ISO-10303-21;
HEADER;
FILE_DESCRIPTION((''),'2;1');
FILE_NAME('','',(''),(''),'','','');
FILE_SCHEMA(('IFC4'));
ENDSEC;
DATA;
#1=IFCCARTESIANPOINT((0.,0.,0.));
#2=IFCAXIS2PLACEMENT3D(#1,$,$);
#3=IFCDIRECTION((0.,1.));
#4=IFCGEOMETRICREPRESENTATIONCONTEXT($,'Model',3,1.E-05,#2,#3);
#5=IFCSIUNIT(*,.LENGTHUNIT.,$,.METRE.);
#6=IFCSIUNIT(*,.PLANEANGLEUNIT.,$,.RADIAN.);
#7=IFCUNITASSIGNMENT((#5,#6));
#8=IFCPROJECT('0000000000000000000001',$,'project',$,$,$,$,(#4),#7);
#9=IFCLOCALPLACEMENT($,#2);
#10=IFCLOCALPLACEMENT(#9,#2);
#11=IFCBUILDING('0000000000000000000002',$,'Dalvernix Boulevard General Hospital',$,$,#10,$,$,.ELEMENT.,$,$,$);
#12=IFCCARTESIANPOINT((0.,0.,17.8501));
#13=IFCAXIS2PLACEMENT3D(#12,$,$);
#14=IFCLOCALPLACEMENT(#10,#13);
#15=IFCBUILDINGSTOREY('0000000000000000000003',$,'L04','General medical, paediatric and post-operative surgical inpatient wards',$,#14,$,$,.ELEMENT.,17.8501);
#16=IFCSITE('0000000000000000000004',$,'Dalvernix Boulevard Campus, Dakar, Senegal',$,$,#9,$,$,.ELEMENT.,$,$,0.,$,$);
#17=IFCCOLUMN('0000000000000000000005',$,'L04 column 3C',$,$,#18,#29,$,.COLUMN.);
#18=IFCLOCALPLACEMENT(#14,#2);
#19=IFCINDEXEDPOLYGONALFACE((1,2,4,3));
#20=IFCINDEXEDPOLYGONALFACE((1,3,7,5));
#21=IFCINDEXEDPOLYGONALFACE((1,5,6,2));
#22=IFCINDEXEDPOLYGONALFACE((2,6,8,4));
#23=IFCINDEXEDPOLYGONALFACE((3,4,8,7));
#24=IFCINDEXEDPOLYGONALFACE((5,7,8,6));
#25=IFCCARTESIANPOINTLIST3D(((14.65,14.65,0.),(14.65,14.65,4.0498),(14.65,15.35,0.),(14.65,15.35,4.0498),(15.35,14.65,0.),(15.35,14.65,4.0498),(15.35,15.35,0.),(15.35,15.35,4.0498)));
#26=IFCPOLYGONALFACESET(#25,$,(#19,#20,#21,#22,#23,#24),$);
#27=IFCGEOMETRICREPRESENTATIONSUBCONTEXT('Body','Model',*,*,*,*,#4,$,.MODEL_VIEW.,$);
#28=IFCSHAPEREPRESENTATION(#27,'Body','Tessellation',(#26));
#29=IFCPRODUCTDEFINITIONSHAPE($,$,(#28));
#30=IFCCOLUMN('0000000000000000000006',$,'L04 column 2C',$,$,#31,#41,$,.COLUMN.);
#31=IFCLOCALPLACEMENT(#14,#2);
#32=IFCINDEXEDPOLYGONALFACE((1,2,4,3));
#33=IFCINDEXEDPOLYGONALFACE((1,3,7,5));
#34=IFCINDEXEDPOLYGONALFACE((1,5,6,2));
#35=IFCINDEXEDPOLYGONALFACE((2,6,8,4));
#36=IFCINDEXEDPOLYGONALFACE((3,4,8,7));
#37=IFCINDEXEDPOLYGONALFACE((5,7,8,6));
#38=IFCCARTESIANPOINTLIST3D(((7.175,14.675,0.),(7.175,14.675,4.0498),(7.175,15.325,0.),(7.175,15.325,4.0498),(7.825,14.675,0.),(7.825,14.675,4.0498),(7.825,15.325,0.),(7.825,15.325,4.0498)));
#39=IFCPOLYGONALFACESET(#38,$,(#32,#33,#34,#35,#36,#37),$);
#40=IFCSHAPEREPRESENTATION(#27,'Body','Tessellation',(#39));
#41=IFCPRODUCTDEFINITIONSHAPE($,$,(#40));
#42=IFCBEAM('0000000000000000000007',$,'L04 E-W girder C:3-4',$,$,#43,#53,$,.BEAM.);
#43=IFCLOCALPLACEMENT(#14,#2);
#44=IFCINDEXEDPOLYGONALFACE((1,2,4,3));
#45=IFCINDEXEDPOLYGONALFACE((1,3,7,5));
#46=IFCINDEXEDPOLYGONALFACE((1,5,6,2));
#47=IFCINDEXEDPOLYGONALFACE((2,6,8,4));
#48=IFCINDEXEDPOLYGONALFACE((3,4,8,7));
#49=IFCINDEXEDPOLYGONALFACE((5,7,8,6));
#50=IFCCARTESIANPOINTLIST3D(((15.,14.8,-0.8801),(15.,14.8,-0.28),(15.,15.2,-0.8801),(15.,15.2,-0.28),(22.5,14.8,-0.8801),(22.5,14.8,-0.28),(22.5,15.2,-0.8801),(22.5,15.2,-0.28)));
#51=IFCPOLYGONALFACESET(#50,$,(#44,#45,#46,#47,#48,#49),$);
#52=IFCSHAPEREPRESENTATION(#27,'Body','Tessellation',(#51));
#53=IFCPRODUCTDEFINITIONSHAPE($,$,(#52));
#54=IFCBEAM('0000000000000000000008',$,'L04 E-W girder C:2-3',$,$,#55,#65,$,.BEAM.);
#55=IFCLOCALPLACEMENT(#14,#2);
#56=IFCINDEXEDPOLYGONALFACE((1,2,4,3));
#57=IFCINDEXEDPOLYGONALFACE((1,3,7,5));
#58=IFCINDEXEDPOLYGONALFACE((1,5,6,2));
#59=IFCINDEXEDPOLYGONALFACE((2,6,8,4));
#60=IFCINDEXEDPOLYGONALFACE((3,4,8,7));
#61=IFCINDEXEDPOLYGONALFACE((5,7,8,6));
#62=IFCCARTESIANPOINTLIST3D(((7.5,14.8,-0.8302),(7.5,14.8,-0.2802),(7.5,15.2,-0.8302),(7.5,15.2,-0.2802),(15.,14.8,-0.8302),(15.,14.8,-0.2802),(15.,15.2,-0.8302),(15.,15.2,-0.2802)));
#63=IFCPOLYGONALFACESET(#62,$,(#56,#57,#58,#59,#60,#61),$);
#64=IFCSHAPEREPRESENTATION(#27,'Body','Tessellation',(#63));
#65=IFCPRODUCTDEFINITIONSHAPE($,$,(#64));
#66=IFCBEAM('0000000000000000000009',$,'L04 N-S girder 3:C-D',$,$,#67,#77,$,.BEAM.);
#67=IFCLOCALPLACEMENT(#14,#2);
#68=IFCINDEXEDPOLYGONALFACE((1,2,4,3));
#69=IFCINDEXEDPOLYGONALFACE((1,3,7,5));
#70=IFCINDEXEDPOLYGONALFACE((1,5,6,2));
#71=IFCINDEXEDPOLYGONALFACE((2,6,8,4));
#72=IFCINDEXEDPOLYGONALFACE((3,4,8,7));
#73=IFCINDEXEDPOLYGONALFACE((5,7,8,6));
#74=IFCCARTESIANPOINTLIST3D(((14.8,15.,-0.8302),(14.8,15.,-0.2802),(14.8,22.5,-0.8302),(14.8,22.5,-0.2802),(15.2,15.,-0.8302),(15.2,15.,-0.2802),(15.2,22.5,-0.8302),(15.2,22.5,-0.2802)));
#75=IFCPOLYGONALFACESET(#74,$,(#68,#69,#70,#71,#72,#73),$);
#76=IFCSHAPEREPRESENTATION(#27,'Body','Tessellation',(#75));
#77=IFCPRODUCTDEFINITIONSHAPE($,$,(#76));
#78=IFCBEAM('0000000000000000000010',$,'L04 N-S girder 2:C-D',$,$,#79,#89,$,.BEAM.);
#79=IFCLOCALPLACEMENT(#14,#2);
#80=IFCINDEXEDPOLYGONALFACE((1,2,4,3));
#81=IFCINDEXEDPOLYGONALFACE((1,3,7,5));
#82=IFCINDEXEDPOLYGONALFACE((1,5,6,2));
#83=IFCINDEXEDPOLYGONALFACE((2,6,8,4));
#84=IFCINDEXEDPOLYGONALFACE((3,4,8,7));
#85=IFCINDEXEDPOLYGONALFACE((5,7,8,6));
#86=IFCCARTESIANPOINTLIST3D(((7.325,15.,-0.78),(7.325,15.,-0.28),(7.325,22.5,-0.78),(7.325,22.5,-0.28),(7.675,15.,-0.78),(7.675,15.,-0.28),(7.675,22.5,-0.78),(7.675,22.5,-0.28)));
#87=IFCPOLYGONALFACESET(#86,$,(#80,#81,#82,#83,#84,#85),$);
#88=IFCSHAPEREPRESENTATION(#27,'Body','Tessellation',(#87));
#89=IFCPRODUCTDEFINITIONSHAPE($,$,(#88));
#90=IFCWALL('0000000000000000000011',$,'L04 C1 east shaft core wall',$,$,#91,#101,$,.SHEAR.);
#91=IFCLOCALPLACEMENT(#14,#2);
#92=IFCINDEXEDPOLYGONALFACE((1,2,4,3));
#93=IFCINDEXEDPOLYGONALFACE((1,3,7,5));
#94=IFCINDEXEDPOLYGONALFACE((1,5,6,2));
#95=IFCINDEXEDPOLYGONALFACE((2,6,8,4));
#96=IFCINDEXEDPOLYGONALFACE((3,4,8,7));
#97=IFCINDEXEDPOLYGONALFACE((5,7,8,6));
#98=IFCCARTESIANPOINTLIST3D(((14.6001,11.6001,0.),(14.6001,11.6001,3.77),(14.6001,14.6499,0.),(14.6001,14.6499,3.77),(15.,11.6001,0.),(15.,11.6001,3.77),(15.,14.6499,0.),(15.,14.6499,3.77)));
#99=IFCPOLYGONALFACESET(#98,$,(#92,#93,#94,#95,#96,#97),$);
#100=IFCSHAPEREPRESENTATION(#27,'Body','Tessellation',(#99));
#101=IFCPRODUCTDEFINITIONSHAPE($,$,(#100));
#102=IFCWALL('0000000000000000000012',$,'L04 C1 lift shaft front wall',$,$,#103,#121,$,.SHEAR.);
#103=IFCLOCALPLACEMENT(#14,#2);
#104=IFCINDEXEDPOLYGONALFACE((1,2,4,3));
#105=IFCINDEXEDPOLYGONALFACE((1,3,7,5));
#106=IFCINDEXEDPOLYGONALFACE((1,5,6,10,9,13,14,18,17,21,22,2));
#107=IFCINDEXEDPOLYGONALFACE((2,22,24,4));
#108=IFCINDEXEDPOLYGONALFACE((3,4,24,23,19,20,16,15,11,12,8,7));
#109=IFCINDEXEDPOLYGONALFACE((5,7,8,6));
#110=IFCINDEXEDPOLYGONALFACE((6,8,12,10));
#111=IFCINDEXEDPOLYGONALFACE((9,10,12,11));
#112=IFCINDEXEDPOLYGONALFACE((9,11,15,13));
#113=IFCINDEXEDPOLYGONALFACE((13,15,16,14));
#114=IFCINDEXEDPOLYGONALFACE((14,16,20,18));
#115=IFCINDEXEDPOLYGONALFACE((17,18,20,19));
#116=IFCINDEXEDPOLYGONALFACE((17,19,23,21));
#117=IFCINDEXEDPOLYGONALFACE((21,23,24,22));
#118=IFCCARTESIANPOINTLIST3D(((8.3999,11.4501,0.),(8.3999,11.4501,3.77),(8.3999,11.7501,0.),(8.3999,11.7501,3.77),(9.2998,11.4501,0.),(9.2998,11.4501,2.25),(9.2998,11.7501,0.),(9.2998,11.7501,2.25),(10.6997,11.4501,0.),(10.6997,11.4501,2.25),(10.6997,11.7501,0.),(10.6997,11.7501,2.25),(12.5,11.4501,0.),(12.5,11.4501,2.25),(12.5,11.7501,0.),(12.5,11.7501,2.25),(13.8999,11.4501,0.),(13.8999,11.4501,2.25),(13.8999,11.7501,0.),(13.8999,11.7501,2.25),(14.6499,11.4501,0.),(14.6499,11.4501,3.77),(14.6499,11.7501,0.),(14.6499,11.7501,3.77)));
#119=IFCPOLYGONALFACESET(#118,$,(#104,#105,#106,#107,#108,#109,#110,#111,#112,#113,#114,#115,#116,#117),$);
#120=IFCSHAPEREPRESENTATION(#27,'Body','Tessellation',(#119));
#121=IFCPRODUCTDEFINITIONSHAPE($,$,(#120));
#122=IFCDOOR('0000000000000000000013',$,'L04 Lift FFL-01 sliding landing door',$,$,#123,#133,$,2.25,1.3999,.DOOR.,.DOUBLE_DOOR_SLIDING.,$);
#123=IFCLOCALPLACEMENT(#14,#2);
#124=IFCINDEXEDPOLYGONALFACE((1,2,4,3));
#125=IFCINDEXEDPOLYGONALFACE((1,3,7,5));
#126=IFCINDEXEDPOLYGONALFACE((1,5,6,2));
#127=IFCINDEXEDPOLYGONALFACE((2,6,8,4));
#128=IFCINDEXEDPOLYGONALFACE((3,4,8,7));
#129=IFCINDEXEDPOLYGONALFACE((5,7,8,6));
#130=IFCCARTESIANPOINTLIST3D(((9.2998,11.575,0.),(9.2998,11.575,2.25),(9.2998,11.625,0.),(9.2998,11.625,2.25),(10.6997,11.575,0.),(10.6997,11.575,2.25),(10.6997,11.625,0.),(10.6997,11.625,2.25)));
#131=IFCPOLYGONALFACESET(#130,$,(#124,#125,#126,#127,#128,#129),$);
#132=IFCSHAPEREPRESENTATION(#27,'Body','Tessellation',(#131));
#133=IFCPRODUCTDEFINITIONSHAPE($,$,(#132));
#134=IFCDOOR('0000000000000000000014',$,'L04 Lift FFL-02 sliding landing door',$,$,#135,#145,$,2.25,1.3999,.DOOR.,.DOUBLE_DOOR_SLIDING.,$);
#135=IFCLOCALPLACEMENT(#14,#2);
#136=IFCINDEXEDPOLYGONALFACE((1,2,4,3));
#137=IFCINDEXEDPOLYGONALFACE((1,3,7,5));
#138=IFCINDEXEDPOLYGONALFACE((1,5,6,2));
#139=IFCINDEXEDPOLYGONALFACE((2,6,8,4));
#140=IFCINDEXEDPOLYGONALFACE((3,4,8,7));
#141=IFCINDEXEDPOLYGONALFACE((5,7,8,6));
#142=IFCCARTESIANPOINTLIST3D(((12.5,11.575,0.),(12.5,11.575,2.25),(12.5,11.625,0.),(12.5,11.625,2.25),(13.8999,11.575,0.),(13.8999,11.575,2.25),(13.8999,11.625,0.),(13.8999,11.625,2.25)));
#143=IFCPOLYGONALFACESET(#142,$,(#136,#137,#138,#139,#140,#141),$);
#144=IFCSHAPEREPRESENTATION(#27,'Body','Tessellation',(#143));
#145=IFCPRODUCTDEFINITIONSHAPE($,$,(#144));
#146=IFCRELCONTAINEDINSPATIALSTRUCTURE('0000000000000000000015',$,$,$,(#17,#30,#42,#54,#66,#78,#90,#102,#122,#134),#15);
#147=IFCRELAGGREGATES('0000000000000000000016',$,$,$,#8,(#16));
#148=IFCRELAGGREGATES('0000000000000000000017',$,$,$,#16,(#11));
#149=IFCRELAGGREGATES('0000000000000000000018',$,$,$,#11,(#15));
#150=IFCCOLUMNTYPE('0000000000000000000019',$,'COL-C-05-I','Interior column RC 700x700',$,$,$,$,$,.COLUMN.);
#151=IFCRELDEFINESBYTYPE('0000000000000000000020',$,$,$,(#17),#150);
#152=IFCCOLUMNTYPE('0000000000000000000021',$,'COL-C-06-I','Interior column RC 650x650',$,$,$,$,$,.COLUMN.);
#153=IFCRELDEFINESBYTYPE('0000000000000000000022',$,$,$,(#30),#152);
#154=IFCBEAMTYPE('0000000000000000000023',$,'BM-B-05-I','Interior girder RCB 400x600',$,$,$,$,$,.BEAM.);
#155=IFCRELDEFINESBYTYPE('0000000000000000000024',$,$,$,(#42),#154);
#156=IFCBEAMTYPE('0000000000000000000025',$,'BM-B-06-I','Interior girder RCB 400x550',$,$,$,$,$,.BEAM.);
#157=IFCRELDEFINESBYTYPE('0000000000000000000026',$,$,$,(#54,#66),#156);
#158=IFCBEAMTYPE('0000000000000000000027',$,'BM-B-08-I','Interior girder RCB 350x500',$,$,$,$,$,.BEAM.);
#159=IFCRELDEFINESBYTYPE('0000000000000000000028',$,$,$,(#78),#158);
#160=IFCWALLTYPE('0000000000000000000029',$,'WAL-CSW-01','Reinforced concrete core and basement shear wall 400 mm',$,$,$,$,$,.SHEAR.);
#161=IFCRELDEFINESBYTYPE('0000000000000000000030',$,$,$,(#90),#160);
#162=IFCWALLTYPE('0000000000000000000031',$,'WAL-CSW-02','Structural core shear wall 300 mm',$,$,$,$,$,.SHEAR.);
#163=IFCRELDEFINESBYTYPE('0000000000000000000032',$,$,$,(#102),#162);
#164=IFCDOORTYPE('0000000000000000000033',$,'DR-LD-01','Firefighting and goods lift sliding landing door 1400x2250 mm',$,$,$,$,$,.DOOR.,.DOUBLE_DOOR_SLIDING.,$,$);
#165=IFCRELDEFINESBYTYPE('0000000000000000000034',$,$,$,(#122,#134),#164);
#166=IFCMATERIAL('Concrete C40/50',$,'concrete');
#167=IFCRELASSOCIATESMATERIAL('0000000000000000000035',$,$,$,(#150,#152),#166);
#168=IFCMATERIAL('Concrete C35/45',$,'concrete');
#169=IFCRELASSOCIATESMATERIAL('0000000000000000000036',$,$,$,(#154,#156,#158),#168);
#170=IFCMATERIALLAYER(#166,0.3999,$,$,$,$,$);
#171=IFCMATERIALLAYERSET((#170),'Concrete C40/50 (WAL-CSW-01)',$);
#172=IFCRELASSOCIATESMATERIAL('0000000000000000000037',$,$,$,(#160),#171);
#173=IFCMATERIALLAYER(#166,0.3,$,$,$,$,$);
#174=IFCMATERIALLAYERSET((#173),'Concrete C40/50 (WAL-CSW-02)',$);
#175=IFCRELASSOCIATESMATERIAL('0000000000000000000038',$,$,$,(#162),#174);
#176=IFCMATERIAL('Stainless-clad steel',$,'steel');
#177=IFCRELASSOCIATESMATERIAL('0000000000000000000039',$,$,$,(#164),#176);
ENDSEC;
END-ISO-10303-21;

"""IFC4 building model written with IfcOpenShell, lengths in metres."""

from ifc_helpers import new_model, si_unit, direction, frame, frame_2d, origin, origin_2d, place, context, subcontext, project, spatial, rectangle, extrude, material, layer, layer_set, material_profile, profile_set, type_object, element, fill, save


model = new_model("IFC4")

# Units and contexts
model_context = context("Model", 3, precision=1e-05, world=origin(), true_north=direction((0.0, 1.0)))
body_context = subcontext(model_context, "Body", "Model", "MODEL_VIEW")
ifc_project = project(units=[si_unit("LENGTHUNIT", "METRE"), si_unit("PLANEANGLEUNIT", "RADIAN")], contexts=[model_context])

# Site, building, storey
site_placement = place(None, origin())
site = spatial("IfcSite", under=ifc_project, at=site_placement, Name="Dalvernix Boulevard Campus, Dakar, Senegal", CompositionType="ELEMENT", RefElevation=0.0)
building_placement = place(site_placement, origin())
building = spatial("IfcBuilding", under=site, at=building_placement, Name="Dalvernix Boulevard General Hospital", CompositionType="ELEMENT")
storey_placement = place(building_placement, frame((0.0, 0.0, 17.8501)))
storey = spatial("IfcBuildingStorey", under=building, at=storey_placement, Name="L04", Description="General medical, paediatric and post-operative surgical inpatient wards", CompositionType="ELEMENT", Elevation=17.8501)

# Columns
ifc_material_1 = material(Name="Concrete C40/50", Category="concrete")
ifc_material_profile_1 = material_profile(ifc_material_1, rectangle(XDim=0.7, YDim=0.7, at=origin_2d()), Name="RC 700x700")
ifc_profile_set_1 = profile_set([ifc_material_profile_1], Name="Concrete C40/50")
column_type_1 = type_object("IfcColumnType", Name="COL-C-05-I", Description="Interior column RC 700x700", PredefinedType="COLUMN", material=ifc_profile_set_1)
column_1_placement = place(storey_placement, frame((15.0, 15.0, 0.0), z_axis=(0.0, 0.0, 1.0), x_axis=(1.0, 0.0, 0.0)))
element("IfcColumn", 1, at=column_1_placement, inside=storey, type_object=column_type_1, Name="L04 column 3C", PredefinedType="COLUMN", context=body_context, shape_type="SweptSolid", body=[
    extrude(rectangle(XDim=0.7, YDim=0.7, at=origin_2d()), origin(), (0.0, 0.0, 1.0), 4.0498),
])
ifc_material_profile_2 = material_profile(ifc_material_1, rectangle(XDim=0.6499, YDim=0.6499, at=origin_2d()), Name="RC 650x650")
ifc_profile_set_2 = profile_set([ifc_material_profile_2], Name="Concrete C40/50")
column_type_2 = type_object("IfcColumnType", Name="COL-C-06-I", Description="Interior column RC 650x650", PredefinedType="COLUMN", material=ifc_profile_set_2)
column_2_placement = place(storey_placement, frame((7.5, 15.0, 0.0), z_axis=(0.0, 0.0, 1.0), x_axis=(1.0, 0.0, 0.0)))
element("IfcColumn", 2, at=column_2_placement, inside=storey, type_object=column_type_2, Name="L04 column 2C", PredefinedType="COLUMN", context=body_context, shape_type="SweptSolid", body=[
    extrude(rectangle(XDim=0.6499, YDim=0.6499, at=origin_2d()), origin(), (0.0, 0.0, 1.0), 4.0498),
])

# Beams
ifc_material_2 = material(Name="Concrete C35/45", Category="concrete")
ifc_material_profile_3 = material_profile(ifc_material_2, rectangle(XDim=0.3999, YDim=0.6001, at=origin_2d()), Name="RCB 400x600")
ifc_profile_set_3 = profile_set([ifc_material_profile_3], Name="Concrete C35/45")
beam_type_1 = type_object("IfcBeamType", Name="BM-B-05-I", Description="Interior girder RCB 400x600", PredefinedType="BEAM", material=ifc_profile_set_3)
beam_1_placement = place(storey_placement, frame((15.0, 15.0, -0.5801), z_axis=(1.0, 0.0, 0.0), x_axis=(0.0, 1.0, 0.0)))
element("IfcBeam", 3, at=beam_1_placement, inside=storey, type_object=beam_type_1, Name="L04 E-W girder C:3-4", PredefinedType="BEAM", context=body_context, shape_type="SweptSolid", body=[
    extrude(rectangle(XDim=0.3999, YDim=0.6001, at=origin_2d()), origin(), (0.0, 0.0, 1.0), 7.5),
])
ifc_material_profile_4 = material_profile(ifc_material_2, rectangle(XDim=0.3999, YDim=0.55, at=origin_2d()), Name="RCB 400x550")
ifc_profile_set_4 = profile_set([ifc_material_profile_4], Name="Concrete C35/45")
beam_type_2 = type_object("IfcBeamType", Name="BM-B-06-I", Description="Interior girder RCB 400x550", PredefinedType="BEAM", material=ifc_profile_set_4)
for number, where, z_axis, x_axis, name in (
    (4, (7.5, 15.0, -0.5552), (1.0, 0.0, 0.0), (0.0, 1.0, 0.0), "L04 E-W girder C:2-3"),
    (5, (15.0, 15.0, -0.5552), (0.0, 1.0, 0.0), (-1.0, 0.0, 0.0), "L04 N-S girder 3:C-D"),
):
    element("IfcBeam", number, at=place(storey_placement, frame(where, z_axis=z_axis, x_axis=x_axis)), inside=storey, type_object=beam_type_2, Name=name, PredefinedType="BEAM", context=body_context, shape_type="SweptSolid", body=[
        extrude(rectangle(XDim=0.3999, YDim=0.55, at=origin_2d()), origin(), (0.0, 0.0, 1.0), 7.5),
    ])
ifc_material_profile_5 = material_profile(ifc_material_2, rectangle(XDim=0.3501, YDim=0.5, at=origin_2d()), Name="RCB 350x500")
ifc_profile_set_5 = profile_set([ifc_material_profile_5], Name="Concrete C35/45")
beam_type_3 = type_object("IfcBeamType", Name="BM-B-08-I", Description="Interior girder RCB 350x500", PredefinedType="BEAM", material=ifc_profile_set_5)
beam_2_placement = place(storey_placement, frame((7.5, 15.0, -0.53), z_axis=(0.0, 1.0, 0.0), x_axis=(-1.0, 0.0, 0.0)))
element("IfcBeam", 6, at=beam_2_placement, inside=storey, type_object=beam_type_3, Name="L04 N-S girder 2:C-D", PredefinedType="BEAM", context=body_context, shape_type="SweptSolid", body=[
    extrude(rectangle(XDim=0.3501, YDim=0.5, at=origin_2d()), origin(), (0.0, 0.0, 1.0), 7.5),
])

# Wall
ifc_layer_1 = layer(ifc_material_1, 0.3999)
ifc_layer_set_1 = layer_set([ifc_layer_1], Name="Concrete C40/50 (WAL-CSW-01)")
wall_type_1 = type_object("IfcWallType", Name="WAL-CSW-01", Description="Reinforced concrete core and basement shear wall 400 mm", PredefinedType="SHEAR", material=ifc_layer_set_1)
wall_1_placement = place(storey_placement, frame((14.8, 11.6001, 0.0), z_axis=(0.0, 0.0, 1.0), x_axis=(0.0, 1.0, 0.0)))
element("IfcWall", 7, at=wall_1_placement, inside=storey, type_object=wall_type_1, Name="L04 C1 east shaft core wall", PredefinedType="SHEAR", context=body_context, shape_type="SweptSolid", body=[
    extrude(rectangle(XDim=3.0498, YDim=0.3999, at=frame_2d((1.5249, 0.0))), origin(), (0.0, 0.0, 1.0), 3.77),
])

# Wall, openings, doors
ifc_layer_2 = layer(ifc_material_1, 0.3)
ifc_layer_set_2 = layer_set([ifc_layer_2], Name="Concrete C40/50 (WAL-CSW-02)")
wall_type_2 = type_object("IfcWallType", Name="WAL-CSW-02", Description="Structural core shear wall 300 mm", PredefinedType="SHEAR", material=ifc_layer_set_2)
wall_2_placement = place(storey_placement, frame((8.3999, 11.6001, 0.0), z_axis=(0.0, 0.0, 1.0), x_axis=(1.0, 0.0, 0.0)))
wall_2 = element("IfcWall", 8, at=wall_2_placement, inside=storey, type_object=wall_type_2, Name="L04 C1 lift shaft front wall", PredefinedType="SHEAR", context=body_context, shape_type="SweptSolid", body=[
    extrude(rectangle(XDim=6.25, YDim=0.3, at=frame_2d((3.125, 0.0))), origin(), (0.0, 0.0, 1.0), 3.77),
])
opening_1_placement = place(wall_2_placement, frame((0.8999, 0.0, 0.0)))
opening_1 = element("IfcOpeningElement", 9, at=opening_1_placement, cuts=wall_2, PredefinedType="OPENING", context=body_context, shape_type="SweptSolid", body=[
    extrude(rectangle(XDim=1.3999, YDim=2.25, at=frame_2d((0.7, 1.125))), frame((0.0, 0.1599, 0.0), z_axis=(0.0, -1.0, 0.0), x_axis=(1.0, 0.0, 0.0)), (0.0, 0.0, 1.0), 0.3201),
])
opening_2_placement = place(wall_2_placement, frame((4.1001, 0.0, 0.0)))
opening_2 = element("IfcOpeningElement", 10, at=opening_2_placement, cuts=wall_2, PredefinedType="OPENING", context=body_context, shape_type="SweptSolid", body=[
    extrude(rectangle(XDim=1.3999, YDim=2.25, at=frame_2d((0.7, 1.125))), frame((0.0, 0.1599, 0.0), z_axis=(0.0, -1.0, 0.0), x_axis=(1.0, 0.0, 0.0)), (0.0, 0.0, 1.0), 0.3201),
])
ifc_material_3 = material(Name="Stainless-clad steel", Category="steel")
door_type_1 = type_object("IfcDoorType", Name="DR-LD-01", Description="Firefighting and goods lift sliding landing door 1400x2250 mm", OperationType="DOUBLE_DOOR_SLIDING", PredefinedType="DOOR", material=ifc_material_3)
door_1_placement = place(opening_1_placement, origin())
door_1 = element("IfcDoor", 11, at=door_1_placement, inside=storey, type_object=door_type_1, Name="L04 Lift FFL-01 sliding landing door", OperationType="DOUBLE_DOOR_SLIDING", OverallHeight=2.25, OverallWidth=1.3999, PredefinedType="DOOR", context=body_context, shape_type="SweptSolid", body=[
    extrude(rectangle(XDim=1.3999, YDim=2.25, at=frame_2d((0.7, 1.125))), frame((0.0, 0.0249, 0.0), z_axis=(0.0, -1.0, 0.0), x_axis=(1.0, 0.0, 0.0)), (0.0, 0.0, 1.0), 0.05),
])
fill(opening_1, door_1)
door_2_placement = place(opening_2_placement, origin())
door_2 = element("IfcDoor", 12, at=door_2_placement, inside=storey, type_object=door_type_1, Name="L04 Lift FFL-02 sliding landing door", OperationType="DOUBLE_DOOR_SLIDING", OverallHeight=2.25, OverallWidth=1.3999, PredefinedType="DOOR", context=body_context, shape_type="SweptSolid", body=[
    extrude(rectangle(XDim=1.3999, YDim=2.25, at=frame_2d((0.7, 1.125))), frame((0.0, 0.0249, 0.0), z_axis=(0.0, -1.0, 0.0), x_axis=(1.0, 0.0, 0.0)), (0.0, 0.0, 1.0), 0.05),
])
fill(opening_2, door_2)

save(model, "model.ifc")
